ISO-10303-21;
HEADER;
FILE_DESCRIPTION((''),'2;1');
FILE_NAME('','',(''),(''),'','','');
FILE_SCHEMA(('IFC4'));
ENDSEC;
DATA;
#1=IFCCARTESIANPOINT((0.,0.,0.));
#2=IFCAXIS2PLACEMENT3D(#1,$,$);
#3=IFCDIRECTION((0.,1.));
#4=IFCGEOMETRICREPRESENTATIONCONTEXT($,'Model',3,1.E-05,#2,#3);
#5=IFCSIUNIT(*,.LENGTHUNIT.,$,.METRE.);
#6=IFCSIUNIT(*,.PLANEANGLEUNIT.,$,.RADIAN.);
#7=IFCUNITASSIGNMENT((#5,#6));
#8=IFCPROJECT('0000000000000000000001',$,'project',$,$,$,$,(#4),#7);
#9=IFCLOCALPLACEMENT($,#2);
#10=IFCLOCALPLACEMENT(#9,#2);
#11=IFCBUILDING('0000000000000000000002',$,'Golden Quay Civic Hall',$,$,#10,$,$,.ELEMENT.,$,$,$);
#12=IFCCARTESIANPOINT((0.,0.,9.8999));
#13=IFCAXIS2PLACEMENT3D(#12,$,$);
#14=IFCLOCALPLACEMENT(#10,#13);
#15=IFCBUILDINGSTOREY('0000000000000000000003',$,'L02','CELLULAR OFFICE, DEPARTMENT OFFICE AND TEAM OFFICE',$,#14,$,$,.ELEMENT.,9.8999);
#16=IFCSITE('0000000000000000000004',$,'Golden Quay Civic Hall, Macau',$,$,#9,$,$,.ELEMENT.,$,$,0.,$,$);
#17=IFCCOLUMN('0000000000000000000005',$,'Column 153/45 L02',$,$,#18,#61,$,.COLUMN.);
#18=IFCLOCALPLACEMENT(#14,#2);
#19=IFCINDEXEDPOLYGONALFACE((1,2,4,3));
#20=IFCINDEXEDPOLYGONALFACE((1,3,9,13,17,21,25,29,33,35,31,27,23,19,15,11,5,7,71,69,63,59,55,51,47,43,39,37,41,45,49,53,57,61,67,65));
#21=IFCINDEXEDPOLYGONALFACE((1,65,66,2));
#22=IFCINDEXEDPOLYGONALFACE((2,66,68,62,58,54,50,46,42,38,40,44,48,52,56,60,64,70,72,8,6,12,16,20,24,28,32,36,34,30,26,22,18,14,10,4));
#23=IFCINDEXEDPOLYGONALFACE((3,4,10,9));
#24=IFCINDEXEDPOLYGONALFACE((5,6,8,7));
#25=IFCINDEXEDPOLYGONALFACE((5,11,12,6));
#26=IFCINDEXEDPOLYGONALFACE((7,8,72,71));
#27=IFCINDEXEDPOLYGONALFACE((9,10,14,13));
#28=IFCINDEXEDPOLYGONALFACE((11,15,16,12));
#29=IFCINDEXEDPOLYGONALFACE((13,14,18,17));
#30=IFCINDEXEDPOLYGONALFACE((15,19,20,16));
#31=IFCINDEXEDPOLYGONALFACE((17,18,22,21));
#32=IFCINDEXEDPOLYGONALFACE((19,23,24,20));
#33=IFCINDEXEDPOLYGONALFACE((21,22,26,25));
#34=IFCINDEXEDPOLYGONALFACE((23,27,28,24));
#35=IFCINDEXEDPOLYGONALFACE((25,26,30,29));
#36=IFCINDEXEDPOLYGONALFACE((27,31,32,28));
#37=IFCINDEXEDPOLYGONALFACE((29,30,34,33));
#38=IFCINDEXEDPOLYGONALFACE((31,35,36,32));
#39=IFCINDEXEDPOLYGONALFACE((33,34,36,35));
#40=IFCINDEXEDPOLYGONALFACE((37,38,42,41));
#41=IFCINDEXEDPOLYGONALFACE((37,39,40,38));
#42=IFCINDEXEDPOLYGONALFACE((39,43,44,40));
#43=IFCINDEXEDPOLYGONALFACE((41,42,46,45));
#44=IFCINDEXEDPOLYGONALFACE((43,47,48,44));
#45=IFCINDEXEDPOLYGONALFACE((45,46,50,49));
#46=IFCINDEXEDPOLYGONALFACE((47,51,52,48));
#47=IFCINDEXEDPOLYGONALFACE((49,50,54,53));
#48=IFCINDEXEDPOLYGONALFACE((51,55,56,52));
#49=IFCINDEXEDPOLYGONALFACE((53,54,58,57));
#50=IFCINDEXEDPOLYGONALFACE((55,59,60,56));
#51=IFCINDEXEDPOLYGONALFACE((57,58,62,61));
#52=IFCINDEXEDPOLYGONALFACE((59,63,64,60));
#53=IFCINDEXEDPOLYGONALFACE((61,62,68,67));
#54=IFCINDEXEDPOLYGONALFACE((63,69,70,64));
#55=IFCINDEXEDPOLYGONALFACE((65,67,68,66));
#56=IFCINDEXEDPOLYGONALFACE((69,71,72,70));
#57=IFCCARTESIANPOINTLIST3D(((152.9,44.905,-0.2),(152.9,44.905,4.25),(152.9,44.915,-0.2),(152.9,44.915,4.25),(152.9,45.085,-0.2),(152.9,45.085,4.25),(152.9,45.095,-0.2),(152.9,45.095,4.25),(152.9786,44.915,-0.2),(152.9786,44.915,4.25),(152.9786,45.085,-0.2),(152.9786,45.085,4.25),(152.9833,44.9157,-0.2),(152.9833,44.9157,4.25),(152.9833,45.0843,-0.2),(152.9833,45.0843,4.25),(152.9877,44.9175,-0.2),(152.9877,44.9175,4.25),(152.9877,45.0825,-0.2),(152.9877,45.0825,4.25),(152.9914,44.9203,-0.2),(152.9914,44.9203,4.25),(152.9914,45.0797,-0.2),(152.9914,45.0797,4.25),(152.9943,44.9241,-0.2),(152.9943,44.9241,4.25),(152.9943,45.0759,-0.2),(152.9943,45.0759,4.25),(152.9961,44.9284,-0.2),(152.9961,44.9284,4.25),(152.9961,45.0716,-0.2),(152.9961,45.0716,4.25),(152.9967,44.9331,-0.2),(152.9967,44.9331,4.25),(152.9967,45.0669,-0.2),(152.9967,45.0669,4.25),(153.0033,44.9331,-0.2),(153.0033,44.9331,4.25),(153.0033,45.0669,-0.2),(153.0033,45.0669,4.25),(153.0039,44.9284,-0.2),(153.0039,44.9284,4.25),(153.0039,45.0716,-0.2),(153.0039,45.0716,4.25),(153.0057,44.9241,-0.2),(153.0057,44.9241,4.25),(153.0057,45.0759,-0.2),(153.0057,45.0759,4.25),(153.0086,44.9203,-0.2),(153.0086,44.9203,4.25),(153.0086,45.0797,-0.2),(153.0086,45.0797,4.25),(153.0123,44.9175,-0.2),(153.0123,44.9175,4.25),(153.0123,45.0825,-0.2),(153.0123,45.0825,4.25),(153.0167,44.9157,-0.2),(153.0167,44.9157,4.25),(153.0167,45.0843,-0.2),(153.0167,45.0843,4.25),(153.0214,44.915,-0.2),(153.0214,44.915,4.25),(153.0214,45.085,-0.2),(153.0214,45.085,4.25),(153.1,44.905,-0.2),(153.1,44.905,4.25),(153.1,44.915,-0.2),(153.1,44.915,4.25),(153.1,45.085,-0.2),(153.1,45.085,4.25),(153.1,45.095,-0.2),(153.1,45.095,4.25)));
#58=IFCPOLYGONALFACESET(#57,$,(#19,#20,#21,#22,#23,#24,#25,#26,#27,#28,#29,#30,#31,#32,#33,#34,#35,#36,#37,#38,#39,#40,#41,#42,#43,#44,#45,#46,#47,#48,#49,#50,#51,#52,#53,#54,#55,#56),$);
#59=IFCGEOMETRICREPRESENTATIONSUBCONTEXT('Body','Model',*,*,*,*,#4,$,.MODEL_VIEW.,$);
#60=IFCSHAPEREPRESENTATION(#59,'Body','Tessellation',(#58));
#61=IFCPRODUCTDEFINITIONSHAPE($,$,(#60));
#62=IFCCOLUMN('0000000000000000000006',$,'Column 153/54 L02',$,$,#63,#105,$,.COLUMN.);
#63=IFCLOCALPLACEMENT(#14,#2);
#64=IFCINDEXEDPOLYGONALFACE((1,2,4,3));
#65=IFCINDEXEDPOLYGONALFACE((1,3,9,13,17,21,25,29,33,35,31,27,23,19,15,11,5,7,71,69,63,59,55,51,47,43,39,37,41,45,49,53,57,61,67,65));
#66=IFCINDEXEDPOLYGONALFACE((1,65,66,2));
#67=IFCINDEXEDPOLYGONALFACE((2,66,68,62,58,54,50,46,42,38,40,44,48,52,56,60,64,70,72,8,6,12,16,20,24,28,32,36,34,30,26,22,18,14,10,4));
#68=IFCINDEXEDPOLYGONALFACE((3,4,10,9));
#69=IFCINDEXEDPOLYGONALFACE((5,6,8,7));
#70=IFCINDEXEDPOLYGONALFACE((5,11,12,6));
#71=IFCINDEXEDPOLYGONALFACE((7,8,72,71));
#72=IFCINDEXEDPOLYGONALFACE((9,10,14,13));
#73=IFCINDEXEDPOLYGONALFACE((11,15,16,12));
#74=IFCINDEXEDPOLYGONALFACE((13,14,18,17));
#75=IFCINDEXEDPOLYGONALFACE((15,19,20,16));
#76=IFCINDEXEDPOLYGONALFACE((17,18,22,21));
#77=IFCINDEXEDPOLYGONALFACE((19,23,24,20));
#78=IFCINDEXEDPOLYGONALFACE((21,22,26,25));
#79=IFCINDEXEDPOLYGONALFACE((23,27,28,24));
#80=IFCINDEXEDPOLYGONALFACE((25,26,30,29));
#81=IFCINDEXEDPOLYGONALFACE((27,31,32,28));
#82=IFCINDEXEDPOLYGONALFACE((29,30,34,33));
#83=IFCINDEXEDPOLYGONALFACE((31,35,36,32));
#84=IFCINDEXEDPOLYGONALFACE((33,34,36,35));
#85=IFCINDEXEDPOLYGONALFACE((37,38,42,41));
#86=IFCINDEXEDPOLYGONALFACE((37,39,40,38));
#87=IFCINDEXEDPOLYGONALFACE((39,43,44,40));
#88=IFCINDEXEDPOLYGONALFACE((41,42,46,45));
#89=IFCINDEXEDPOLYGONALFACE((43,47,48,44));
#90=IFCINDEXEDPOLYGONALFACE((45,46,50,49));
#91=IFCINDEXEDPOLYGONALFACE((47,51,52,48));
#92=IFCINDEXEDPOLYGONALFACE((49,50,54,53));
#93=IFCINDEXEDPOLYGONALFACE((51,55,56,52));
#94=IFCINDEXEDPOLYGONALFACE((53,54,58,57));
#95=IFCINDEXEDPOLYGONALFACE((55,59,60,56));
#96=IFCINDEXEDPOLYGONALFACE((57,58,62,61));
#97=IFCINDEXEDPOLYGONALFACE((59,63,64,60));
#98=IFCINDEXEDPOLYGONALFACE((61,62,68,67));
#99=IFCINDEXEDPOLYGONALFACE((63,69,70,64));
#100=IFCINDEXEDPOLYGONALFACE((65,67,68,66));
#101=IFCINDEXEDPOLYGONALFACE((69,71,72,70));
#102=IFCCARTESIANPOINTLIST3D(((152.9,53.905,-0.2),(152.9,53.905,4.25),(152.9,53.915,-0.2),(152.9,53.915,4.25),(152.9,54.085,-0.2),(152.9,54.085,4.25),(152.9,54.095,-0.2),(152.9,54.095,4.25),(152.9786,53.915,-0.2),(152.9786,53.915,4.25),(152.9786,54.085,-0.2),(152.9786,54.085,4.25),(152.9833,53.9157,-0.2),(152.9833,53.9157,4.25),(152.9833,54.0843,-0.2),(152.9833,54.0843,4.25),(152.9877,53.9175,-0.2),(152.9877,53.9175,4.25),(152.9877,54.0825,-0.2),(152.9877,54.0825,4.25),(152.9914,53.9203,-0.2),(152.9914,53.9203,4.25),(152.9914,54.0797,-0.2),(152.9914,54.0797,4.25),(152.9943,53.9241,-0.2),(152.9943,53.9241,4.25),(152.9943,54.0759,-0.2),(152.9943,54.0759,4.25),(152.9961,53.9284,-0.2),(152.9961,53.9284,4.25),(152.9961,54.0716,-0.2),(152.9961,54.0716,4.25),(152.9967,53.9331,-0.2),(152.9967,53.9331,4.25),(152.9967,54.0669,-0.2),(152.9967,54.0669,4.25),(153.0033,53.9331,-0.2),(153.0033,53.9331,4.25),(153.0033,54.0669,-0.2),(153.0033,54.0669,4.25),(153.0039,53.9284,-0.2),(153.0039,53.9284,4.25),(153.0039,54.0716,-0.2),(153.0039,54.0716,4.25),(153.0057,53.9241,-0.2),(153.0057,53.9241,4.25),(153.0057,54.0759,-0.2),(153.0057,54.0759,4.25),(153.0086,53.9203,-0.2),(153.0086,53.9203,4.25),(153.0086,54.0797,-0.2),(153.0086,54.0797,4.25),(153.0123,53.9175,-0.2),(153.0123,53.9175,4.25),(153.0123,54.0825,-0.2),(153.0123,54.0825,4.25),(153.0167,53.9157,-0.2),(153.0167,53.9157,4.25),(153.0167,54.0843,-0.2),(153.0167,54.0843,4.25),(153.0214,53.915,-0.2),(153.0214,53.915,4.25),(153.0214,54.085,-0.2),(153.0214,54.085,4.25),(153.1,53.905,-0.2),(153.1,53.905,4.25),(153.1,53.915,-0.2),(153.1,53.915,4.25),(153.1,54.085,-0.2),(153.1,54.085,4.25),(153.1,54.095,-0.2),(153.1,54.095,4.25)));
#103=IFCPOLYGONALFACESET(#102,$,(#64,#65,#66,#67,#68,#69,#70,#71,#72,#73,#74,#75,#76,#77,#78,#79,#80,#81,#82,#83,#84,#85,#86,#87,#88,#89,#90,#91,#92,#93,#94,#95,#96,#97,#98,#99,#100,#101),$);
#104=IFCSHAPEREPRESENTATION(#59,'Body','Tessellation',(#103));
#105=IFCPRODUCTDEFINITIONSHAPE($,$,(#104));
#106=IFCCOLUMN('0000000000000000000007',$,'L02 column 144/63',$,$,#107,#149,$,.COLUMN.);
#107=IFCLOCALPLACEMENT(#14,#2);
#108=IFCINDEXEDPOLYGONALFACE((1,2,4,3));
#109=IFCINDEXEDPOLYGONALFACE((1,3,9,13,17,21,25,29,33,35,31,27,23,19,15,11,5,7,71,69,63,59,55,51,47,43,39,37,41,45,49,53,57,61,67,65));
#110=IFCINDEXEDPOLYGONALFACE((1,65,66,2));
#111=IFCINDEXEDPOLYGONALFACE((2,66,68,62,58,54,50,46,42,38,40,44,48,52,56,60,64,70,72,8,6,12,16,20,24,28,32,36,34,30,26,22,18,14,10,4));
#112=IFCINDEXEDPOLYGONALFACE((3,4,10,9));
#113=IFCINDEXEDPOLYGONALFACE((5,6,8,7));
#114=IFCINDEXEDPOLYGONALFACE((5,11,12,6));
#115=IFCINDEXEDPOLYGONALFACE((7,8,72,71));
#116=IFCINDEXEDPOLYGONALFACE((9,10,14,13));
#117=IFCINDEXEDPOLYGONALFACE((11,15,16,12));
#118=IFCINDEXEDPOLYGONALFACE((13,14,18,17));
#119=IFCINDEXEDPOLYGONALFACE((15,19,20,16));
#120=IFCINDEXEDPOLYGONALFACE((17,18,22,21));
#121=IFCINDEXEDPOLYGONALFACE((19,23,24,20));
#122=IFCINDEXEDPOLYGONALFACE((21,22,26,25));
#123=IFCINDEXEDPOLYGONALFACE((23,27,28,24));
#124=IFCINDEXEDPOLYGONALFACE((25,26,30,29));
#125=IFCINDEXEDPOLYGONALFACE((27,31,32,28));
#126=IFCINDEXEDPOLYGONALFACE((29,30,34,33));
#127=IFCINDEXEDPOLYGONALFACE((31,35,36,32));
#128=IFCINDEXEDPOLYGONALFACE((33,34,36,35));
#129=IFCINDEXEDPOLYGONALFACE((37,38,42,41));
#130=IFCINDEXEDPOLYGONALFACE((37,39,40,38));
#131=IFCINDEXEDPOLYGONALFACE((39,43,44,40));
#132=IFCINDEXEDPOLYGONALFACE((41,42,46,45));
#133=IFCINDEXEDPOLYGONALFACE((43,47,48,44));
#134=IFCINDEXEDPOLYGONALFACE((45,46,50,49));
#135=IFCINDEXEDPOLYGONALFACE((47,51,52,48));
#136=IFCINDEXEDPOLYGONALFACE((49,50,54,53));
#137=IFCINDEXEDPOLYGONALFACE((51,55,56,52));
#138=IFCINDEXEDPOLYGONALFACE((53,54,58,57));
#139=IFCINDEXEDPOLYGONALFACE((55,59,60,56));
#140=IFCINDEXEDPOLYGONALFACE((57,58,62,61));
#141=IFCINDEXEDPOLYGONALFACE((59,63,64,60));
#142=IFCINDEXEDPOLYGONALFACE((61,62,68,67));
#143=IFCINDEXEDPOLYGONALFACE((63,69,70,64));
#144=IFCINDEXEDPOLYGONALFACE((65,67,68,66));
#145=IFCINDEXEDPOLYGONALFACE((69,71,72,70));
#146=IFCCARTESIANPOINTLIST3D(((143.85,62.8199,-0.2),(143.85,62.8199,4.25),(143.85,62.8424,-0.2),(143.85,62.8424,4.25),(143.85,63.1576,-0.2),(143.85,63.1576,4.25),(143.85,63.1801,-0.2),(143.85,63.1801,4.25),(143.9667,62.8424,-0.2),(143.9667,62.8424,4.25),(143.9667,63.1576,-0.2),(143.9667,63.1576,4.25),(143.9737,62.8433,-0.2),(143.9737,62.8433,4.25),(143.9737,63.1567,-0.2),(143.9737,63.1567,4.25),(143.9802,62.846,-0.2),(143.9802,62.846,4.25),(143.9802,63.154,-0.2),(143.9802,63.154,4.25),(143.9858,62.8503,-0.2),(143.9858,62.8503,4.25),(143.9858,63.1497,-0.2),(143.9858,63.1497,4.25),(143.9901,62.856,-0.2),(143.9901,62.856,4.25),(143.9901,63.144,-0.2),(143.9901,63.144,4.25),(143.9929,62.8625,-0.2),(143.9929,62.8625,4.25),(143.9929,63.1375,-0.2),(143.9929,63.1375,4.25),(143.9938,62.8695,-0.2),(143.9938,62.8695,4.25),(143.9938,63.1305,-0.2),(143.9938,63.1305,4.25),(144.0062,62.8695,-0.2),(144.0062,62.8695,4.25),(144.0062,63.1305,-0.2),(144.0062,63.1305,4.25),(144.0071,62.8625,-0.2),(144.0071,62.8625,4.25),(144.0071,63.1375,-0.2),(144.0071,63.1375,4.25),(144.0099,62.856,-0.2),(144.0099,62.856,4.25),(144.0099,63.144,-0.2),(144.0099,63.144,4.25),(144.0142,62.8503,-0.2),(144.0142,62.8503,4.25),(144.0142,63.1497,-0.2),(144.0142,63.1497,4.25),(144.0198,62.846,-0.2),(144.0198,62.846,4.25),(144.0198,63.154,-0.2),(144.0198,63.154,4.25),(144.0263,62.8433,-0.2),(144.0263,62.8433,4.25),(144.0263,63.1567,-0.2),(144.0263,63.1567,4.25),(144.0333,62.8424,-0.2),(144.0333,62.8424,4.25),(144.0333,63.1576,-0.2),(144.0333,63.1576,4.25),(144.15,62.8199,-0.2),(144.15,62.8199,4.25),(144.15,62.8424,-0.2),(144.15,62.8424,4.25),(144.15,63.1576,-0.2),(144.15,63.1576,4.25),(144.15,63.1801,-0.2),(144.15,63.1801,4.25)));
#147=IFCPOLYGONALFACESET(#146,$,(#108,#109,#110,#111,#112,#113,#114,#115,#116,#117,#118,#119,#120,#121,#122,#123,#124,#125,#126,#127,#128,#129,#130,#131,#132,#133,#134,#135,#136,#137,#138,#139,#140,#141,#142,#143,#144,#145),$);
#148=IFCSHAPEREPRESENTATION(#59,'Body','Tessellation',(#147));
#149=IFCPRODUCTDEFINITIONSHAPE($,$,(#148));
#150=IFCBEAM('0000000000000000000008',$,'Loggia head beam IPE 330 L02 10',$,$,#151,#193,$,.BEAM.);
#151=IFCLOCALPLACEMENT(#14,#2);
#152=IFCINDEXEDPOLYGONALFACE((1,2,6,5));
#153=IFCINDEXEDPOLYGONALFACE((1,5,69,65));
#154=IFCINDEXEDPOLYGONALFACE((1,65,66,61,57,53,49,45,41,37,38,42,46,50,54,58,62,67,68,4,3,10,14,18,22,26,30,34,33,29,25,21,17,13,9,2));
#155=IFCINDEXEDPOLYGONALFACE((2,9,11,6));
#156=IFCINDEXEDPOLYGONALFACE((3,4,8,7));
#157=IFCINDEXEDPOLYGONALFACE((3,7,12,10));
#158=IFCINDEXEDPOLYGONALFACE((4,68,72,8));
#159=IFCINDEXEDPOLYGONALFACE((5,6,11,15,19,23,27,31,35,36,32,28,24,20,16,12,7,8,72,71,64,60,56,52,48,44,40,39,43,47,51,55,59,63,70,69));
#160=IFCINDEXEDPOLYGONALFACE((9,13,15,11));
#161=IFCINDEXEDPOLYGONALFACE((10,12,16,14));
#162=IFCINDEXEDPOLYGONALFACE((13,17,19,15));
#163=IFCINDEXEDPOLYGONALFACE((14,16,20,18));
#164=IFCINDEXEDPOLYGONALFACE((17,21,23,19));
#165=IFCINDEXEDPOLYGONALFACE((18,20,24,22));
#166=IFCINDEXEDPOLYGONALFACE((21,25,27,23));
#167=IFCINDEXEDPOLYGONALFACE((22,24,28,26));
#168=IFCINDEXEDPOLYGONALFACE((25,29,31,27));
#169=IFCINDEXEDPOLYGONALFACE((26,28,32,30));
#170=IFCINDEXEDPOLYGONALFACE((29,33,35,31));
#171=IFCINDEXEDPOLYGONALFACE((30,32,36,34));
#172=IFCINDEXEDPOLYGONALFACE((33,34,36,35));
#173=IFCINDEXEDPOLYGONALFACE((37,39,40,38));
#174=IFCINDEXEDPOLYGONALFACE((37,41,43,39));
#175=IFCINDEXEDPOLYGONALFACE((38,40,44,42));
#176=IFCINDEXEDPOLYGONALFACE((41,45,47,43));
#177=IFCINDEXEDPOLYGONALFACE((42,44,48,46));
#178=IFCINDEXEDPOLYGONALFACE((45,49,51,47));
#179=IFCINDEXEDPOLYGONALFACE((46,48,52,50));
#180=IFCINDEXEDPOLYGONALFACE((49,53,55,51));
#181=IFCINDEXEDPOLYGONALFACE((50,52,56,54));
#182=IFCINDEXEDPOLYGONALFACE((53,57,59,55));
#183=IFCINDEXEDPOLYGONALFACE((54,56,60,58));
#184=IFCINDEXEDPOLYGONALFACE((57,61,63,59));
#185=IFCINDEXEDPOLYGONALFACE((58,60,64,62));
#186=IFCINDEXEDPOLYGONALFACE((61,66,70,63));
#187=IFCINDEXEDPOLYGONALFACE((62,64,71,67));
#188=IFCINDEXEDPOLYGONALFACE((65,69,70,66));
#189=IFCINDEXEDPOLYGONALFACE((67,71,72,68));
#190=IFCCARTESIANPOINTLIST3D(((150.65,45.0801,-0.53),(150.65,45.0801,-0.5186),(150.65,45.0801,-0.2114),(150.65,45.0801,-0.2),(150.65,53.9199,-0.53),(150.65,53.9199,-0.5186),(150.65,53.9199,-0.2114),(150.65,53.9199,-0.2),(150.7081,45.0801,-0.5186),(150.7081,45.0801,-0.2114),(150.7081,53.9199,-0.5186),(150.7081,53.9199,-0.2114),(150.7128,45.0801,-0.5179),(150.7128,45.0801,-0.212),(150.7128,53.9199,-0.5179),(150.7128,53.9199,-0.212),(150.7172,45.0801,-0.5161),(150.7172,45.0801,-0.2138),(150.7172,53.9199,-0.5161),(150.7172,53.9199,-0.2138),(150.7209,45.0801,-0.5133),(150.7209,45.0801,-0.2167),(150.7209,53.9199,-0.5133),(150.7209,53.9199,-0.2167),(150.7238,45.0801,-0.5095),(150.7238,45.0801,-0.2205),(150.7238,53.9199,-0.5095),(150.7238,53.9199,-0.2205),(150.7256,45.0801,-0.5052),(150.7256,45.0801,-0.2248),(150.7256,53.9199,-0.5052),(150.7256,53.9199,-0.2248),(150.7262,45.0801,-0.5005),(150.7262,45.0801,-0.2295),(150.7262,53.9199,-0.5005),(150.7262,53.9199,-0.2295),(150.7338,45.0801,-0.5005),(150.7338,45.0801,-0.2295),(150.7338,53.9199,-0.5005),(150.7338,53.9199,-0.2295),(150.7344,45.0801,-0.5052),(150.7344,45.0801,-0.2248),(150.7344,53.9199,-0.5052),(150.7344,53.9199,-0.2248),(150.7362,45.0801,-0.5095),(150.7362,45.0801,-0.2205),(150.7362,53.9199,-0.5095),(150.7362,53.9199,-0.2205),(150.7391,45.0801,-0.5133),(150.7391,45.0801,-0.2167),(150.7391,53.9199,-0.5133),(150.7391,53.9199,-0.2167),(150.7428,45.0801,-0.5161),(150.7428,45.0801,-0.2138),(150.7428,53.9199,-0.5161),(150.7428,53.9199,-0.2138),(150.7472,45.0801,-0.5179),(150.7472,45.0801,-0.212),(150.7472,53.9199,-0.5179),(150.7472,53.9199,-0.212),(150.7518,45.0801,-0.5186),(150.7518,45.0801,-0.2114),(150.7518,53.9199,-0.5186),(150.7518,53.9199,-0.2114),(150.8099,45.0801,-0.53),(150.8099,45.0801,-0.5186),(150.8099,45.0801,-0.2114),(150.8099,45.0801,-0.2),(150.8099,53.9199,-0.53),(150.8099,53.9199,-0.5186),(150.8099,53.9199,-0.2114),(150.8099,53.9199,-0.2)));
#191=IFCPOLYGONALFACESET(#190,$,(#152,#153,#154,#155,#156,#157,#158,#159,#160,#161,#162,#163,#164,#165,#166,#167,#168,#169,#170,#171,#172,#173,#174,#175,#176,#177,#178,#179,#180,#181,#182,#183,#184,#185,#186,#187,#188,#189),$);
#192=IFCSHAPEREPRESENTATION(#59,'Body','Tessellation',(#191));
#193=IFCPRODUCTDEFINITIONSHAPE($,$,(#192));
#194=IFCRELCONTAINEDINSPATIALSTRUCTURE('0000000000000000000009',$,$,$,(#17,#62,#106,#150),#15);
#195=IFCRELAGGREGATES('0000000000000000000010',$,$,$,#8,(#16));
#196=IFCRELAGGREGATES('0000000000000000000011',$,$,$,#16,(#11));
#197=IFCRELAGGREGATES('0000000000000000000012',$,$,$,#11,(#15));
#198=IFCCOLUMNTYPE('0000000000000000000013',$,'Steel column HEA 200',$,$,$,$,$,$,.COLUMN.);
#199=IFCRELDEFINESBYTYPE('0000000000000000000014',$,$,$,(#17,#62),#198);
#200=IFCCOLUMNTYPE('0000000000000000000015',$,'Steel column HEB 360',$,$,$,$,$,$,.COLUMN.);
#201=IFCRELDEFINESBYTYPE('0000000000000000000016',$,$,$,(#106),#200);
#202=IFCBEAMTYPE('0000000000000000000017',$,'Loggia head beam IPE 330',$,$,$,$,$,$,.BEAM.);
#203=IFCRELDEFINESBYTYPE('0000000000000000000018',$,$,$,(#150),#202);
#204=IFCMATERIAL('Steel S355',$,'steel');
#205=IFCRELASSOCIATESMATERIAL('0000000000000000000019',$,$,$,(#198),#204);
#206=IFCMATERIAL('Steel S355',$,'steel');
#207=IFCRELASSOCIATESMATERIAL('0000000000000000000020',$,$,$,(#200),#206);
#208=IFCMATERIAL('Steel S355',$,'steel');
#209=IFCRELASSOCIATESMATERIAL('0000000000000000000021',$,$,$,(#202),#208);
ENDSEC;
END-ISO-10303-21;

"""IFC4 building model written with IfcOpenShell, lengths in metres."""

from ifc_helpers import new_model, si_unit, direction, frame, origin, origin_2d, place, context, subcontext, project, spatial, i_section, extrude, material, material_profile, profile_set, type_object, element, save


model = new_model("IFC4")

# Units and contexts
model_context = context("Model", 3, precision=1e-05, world=origin(), true_north=direction((0.0, 1.0)))
body_context = subcontext(model_context, "Body", "Model", "MODEL_VIEW")
ifc_project = project(units=[si_unit("LENGTHUNIT", "METRE"), si_unit("PLANEANGLEUNIT", "RADIAN")], contexts=[model_context])

# Site, building, storey
site_placement = place(None, origin())
site = spatial("IfcSite", under=ifc_project, at=site_placement, Name="Golden Quay Civic Hall, Macau", CompositionType="ELEMENT", RefElevation=0.0)
building_placement = place(site_placement, origin())
building = spatial("IfcBuilding", under=site, at=building_placement, Name="Golden Quay Civic Hall", CompositionType="ELEMENT")
storey_placement = place(building_placement, frame((0.0, 0.0, 9.8999)))
storey = spatial("IfcBuildingStorey", under=building, at=storey_placement, Name="L02", Description="CELLULAR OFFICE, DEPARTMENT OFFICE AND TEAM OFFICE", CompositionType="ELEMENT", Elevation=9.8999)

# Columns
ifc_material_1 = material(Name="Steel S355", Category="steel")
ifc_material_profile_1 = material_profile(ifc_material_1, i_section(OverallWidth=0.2, OverallDepth=0.1899, WebThickness=0.0066, FlangeThickness=0.01, FilletRadius=0.0181, at=origin_2d()), Name="HEA 200")
ifc_profile_set_1 = profile_set([ifc_material_profile_1], Name="Steel S355")
column_type_1 = type_object("IfcColumnType", Name="Steel column HEA 200", PredefinedType="COLUMN", material=ifc_profile_set_1)
for number, where, z_axis, x_axis, name in (
    (1, (153.0, 45.0, -0.2), (0.0, 0.0, 1.0), (1.0, 0.0, 0.0), "Column 153/45 L02"),
    (2, (153.0, 54.0, -0.2), (0.0, 0.0, 1.0), (1.0, 0.0, 0.0), "Column 153/54 L02"),
):
    element("IfcColumn", number, at=place(storey_placement, frame(where, z_axis=z_axis, x_axis=x_axis)), inside=storey, type_object=column_type_1, Name=name, PredefinedType="COLUMN", context=body_context, shape_type="SweptSolid", body=[
        extrude(i_section(OverallWidth=0.2, OverallDepth=0.1899, WebThickness=0.0066, FlangeThickness=0.01, FilletRadius=0.0181, at=origin_2d()), origin(), (0.0, 0.0, 1.0), 4.45),
    ])
ifc_material_2 = material(Name="Steel S355", Category="steel")
ifc_material_profile_2 = material_profile(ifc_material_2, i_section(OverallWidth=0.3, OverallDepth=0.3601, WebThickness=0.0125, FlangeThickness=0.0225, FilletRadius=0.0271, at=origin_2d()), Name="HEB 360")
ifc_profile_set_2 = profile_set([ifc_material_profile_2], Name="Steel S355")
column_type_2 = type_object("IfcColumnType", Name="Steel column HEB 360", PredefinedType="COLUMN", material=ifc_profile_set_2)
column_placement = place(storey_placement, frame((144.0, 63.0, -0.2), z_axis=(0.0, 0.0, 1.0), x_axis=(1.0, 0.0, 0.0)))
element("IfcColumn", 3, at=column_placement, inside=storey, type_object=column_type_2, Name="L02 column 144/63", PredefinedType="COLUMN", context=body_context, shape_type="SweptSolid", body=[
    extrude(i_section(OverallWidth=0.3, OverallDepth=0.3601, WebThickness=0.0125, FlangeThickness=0.0225, FilletRadius=0.0271, at=origin_2d()), origin(), (0.0, 0.0, 1.0), 4.45),
])

# Beam
ifc_material_3 = material(Name="Steel S355", Category="steel")
ifc_material_profile_3 = material_profile(ifc_material_3, i_section(OverallWidth=0.1599, OverallDepth=0.3301, WebThickness=0.0076, FlangeThickness=0.0115, FilletRadius=0.0181, at=origin_2d()), Name="IPE 330")
ifc_profile_set_3 = profile_set([ifc_material_profile_3], Name="Steel S355")
beam_type_1 = type_object("IfcBeamType", Name="Loggia head beam IPE 330", PredefinedType="BEAM", material=ifc_profile_set_3)
for number, where, z_axis, x_axis, name in (
    (4, (150.73, 45.0801, -0.365), (0.0, 1.0, 0.0), (-1.0, 0.0, 0.0), "Loggia head beam IPE 330 L02 10"),
):
    element("IfcBeam", number, at=place(storey_placement, frame(where, z_axis=z_axis, x_axis=x_axis)), inside=storey, type_object=beam_type_1, Name=name, PredefinedType="BEAM", context=body_context, shape_type="SweptSolid", body=[
        extrude(i_section(OverallWidth=0.1599, OverallDepth=0.3301, WebThickness=0.0076, FlangeThickness=0.0115, FilletRadius=0.0181, at=origin_2d()), origin(), (0.0, 0.0, 1.0), 8.8398),
    ])

save(model, "model.ifc")
